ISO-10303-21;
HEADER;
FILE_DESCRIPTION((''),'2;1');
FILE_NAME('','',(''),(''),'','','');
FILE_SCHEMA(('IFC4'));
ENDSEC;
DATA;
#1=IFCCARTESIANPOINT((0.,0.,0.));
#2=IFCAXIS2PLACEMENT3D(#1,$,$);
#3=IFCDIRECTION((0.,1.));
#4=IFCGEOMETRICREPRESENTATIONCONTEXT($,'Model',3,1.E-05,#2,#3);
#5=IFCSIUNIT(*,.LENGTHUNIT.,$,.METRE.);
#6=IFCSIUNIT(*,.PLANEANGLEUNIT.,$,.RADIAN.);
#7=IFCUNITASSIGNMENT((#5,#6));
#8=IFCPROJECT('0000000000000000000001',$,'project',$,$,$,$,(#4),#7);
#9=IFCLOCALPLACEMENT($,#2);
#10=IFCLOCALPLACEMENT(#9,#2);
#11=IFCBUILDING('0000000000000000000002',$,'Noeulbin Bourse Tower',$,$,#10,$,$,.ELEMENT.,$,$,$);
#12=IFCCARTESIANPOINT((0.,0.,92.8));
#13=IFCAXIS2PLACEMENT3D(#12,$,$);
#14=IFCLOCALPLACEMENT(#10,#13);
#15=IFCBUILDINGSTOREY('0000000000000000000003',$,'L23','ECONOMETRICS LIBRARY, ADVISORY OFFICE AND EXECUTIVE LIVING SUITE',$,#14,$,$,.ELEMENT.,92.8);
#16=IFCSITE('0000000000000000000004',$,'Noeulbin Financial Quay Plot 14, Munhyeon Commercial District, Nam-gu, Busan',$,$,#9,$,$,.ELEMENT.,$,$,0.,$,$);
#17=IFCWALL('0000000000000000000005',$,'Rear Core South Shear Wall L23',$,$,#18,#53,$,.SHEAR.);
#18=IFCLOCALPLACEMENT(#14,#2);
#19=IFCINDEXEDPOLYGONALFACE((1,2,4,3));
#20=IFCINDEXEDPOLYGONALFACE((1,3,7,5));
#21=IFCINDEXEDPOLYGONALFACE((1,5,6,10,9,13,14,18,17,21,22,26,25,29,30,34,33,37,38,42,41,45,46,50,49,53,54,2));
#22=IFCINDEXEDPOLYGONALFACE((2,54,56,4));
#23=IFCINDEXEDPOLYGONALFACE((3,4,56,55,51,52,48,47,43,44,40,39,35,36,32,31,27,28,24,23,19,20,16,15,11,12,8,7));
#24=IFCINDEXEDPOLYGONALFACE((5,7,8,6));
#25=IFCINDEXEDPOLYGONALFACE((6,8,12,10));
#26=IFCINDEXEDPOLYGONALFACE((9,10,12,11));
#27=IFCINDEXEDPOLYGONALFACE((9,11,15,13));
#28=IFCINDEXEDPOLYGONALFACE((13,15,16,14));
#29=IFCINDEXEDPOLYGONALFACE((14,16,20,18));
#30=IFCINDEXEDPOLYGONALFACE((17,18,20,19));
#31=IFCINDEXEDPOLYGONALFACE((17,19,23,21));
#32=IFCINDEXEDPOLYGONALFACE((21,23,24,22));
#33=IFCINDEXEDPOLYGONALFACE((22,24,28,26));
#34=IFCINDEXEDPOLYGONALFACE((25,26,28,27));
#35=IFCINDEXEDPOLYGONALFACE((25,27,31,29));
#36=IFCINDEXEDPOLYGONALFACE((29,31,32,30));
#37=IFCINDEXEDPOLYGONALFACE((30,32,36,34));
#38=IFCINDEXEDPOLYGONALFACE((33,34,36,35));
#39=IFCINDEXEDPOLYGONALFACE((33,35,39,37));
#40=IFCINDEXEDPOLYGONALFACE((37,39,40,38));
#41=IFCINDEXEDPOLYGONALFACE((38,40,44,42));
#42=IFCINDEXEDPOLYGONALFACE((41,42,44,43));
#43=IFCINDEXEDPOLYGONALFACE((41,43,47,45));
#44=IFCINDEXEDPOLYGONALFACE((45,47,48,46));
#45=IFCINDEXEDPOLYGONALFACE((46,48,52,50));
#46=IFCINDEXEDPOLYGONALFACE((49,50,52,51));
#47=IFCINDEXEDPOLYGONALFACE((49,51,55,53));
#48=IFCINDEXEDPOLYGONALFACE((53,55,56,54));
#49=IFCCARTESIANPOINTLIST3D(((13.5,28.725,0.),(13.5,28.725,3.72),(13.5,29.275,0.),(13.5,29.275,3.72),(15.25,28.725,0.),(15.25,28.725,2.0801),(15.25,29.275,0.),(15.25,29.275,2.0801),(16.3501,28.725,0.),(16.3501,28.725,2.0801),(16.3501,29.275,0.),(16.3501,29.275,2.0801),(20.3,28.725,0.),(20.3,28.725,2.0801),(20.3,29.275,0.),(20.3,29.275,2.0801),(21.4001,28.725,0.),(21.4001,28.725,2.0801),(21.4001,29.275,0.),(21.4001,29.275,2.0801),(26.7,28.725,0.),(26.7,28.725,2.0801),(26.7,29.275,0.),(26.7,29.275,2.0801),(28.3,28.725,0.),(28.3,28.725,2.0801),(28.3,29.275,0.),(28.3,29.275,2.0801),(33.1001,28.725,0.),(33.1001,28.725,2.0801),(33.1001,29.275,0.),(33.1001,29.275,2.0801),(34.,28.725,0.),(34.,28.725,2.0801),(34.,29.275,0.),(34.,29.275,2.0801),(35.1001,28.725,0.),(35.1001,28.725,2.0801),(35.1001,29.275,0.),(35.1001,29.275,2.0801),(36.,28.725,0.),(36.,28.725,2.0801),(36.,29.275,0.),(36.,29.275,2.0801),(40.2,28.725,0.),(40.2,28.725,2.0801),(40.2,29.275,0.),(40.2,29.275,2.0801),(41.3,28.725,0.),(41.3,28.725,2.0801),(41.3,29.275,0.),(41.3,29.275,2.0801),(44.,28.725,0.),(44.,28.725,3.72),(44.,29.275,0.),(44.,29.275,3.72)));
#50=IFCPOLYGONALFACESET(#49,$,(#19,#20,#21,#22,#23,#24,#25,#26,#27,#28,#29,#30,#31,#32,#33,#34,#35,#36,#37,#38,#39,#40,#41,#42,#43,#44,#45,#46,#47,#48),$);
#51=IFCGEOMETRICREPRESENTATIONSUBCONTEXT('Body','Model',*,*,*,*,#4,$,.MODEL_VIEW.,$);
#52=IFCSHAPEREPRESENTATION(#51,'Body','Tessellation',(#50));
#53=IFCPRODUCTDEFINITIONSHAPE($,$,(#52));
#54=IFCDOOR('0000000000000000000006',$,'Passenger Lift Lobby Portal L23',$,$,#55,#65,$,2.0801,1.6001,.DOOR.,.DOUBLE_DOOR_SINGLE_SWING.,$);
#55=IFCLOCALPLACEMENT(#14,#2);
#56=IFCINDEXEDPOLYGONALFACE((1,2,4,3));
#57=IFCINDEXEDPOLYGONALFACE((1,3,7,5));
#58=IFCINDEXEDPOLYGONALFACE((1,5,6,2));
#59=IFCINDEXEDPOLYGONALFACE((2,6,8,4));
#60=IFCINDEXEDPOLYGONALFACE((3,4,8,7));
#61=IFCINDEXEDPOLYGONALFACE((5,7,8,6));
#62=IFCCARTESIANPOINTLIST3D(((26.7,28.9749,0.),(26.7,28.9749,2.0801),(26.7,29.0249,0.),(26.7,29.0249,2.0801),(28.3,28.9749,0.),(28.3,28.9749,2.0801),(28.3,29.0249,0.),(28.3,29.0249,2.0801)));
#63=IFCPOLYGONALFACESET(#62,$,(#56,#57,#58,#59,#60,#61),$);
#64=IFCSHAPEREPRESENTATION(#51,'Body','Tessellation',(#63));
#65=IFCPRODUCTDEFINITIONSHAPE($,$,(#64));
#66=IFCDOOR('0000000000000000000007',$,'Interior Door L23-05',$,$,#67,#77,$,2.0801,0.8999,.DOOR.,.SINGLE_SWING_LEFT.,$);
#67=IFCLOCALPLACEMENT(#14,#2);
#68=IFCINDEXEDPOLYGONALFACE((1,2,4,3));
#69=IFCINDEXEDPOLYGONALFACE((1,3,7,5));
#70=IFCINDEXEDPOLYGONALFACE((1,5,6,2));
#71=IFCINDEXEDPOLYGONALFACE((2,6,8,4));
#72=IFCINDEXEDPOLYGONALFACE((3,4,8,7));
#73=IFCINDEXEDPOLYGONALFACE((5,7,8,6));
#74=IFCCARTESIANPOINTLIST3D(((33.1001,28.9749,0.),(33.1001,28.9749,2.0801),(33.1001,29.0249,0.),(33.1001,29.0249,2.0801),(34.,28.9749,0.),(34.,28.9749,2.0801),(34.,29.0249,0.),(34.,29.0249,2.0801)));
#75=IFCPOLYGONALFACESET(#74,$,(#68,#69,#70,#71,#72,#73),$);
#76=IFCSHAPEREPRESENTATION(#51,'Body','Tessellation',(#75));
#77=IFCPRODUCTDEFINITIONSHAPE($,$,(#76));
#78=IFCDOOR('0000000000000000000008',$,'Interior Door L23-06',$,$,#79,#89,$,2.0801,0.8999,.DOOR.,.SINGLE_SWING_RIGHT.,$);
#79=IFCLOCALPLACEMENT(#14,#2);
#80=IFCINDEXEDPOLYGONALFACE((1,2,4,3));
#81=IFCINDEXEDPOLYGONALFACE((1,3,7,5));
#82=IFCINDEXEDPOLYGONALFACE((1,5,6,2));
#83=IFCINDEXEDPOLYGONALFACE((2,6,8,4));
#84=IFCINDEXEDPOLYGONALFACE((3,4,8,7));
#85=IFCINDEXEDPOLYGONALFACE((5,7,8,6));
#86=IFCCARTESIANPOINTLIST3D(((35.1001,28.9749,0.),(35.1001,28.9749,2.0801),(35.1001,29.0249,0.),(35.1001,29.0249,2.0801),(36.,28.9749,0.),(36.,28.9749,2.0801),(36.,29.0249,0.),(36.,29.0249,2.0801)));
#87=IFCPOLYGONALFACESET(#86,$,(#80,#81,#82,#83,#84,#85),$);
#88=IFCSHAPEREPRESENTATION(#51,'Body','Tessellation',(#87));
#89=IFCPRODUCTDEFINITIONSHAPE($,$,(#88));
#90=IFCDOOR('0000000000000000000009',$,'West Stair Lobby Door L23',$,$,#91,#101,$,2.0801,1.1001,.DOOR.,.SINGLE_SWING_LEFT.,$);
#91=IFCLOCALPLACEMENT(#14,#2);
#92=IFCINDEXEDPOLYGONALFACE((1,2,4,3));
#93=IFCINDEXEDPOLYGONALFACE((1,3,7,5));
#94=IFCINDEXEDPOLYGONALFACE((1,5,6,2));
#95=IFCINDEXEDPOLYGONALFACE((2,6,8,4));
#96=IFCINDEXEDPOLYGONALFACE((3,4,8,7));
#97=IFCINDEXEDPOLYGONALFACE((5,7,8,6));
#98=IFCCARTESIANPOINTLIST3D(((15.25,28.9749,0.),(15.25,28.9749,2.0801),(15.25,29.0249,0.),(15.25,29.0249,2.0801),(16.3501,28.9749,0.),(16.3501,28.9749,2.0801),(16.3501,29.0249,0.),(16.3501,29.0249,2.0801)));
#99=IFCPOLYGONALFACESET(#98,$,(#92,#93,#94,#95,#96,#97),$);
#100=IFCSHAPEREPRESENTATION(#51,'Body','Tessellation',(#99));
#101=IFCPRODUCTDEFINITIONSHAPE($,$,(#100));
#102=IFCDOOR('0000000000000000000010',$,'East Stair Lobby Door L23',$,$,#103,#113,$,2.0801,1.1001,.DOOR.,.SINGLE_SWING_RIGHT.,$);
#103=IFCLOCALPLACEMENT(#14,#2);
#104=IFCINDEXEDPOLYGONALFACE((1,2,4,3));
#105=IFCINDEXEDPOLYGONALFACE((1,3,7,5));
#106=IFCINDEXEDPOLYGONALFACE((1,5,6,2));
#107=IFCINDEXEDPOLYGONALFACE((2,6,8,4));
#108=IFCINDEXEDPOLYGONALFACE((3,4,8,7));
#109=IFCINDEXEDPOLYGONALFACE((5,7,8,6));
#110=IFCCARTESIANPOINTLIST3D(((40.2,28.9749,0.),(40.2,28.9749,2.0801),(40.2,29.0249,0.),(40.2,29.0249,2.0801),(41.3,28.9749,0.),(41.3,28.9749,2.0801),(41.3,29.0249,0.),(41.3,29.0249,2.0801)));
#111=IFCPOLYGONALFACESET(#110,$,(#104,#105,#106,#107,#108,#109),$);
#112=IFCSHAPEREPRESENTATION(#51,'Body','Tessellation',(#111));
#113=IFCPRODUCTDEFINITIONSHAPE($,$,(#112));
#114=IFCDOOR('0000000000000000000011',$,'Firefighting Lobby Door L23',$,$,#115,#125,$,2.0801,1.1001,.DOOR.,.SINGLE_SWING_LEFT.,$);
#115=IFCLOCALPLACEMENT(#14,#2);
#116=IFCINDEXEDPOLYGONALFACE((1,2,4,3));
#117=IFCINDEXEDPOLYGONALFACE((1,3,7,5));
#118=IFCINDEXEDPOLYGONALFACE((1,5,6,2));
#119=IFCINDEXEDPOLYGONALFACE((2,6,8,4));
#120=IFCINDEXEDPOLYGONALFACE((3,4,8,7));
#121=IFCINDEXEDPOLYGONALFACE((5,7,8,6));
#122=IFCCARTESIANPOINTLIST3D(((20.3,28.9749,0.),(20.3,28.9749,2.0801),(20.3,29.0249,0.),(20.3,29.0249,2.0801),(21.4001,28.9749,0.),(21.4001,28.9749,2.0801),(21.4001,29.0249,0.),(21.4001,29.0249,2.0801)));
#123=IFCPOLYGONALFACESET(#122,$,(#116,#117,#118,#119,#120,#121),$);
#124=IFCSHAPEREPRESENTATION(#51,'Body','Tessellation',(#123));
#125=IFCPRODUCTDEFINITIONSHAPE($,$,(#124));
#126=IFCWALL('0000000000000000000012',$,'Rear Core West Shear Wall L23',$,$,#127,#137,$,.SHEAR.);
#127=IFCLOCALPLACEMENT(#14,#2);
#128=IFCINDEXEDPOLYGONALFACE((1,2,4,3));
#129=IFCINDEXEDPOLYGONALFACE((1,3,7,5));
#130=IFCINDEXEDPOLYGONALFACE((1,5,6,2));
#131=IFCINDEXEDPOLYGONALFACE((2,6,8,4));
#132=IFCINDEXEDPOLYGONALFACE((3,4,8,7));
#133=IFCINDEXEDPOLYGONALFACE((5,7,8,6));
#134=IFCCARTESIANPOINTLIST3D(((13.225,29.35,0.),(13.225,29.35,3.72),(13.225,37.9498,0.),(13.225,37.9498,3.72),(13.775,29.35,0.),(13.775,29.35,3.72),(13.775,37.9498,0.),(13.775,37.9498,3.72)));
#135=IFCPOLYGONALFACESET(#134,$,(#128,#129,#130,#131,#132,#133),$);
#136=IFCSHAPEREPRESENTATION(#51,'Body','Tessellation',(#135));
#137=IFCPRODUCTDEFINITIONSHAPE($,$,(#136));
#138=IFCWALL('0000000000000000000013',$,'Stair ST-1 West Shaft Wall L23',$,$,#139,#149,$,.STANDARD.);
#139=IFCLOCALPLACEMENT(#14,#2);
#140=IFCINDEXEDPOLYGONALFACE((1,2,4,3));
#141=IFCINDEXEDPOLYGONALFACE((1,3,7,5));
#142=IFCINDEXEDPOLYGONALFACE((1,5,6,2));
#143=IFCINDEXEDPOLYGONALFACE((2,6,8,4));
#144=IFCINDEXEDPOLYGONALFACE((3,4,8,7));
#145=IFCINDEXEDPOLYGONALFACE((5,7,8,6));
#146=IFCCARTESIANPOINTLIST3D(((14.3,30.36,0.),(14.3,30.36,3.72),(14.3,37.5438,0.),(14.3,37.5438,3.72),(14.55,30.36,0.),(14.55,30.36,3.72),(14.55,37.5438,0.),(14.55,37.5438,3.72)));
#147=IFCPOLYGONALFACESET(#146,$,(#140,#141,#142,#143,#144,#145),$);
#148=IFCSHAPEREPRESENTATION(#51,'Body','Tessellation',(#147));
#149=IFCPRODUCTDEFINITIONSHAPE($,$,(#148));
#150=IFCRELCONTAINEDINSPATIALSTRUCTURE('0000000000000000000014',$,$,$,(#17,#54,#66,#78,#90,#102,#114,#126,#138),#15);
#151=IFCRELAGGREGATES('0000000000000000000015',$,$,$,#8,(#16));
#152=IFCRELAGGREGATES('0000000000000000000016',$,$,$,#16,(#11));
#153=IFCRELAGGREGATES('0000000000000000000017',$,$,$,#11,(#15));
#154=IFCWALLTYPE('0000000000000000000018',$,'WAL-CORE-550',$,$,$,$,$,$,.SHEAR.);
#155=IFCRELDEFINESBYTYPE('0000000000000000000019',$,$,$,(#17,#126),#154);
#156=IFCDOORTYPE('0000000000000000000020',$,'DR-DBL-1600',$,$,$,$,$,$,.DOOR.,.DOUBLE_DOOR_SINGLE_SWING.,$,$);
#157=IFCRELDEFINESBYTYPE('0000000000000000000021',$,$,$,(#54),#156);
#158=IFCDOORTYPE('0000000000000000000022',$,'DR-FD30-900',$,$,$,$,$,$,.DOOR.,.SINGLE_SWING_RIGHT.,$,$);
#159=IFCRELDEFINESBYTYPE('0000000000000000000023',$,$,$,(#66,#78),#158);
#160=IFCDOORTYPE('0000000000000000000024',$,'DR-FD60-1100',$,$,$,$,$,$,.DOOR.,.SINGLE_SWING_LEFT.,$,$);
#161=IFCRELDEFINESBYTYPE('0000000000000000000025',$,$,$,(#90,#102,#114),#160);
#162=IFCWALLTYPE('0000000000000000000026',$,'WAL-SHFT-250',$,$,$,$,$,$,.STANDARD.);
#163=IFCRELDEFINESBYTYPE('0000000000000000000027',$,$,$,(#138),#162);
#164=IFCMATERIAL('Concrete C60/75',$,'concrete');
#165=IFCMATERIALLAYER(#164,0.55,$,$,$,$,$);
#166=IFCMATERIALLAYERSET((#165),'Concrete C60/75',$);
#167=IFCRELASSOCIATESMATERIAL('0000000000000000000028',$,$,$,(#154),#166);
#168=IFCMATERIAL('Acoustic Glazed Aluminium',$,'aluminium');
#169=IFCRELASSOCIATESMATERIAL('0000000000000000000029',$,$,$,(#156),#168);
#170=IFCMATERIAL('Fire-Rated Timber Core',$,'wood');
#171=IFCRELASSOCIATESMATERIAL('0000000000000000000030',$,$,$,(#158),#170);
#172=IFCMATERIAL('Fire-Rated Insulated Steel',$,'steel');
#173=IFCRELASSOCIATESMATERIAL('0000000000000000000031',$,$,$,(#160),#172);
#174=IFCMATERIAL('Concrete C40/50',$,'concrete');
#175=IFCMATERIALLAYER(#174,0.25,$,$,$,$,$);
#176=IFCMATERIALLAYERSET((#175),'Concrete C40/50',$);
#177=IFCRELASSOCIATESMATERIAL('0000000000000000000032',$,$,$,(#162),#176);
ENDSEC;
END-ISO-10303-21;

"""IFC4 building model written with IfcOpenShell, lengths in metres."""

from ifc_helpers import new_model, si_unit, direction, frame, frame_2d, origin, place, context, subcontext, project, spatial, rectangle, extrude, material, layer, layer_set, type_object, element, fill, save


model = new_model("IFC4")

# Units and contexts
model_context = context("Model", 3, precision=1e-05, world=origin(), true_north=direction((0.0, 1.0)))
body_context = subcontext(model_context, "Body", "Model", "MODEL_VIEW")
ifc_project = project(units=[si_unit("LENGTHUNIT", "METRE"), si_unit("PLANEANGLEUNIT", "RADIAN")], contexts=[model_context])

# Site, building, storey
site_placement = place(None, origin())
site = spatial("IfcSite", under=ifc_project, at=site_placement, Name="Noeulbin Financial Quay Plot 14, Munhyeon Commercial District, Nam-gu, Busan", CompositionType="ELEMENT", RefElevation=0.0)
building_placement = place(site_placement, origin())
building = spatial("IfcBuilding", under=site, at=building_placement, Name="Noeulbin Bourse Tower", CompositionType="ELEMENT")
storey_placement = place(building_placement, frame((0.0, 0.0, 92.8)))
storey = spatial("IfcBuildingStorey", under=building, at=storey_placement, Name="L23", Description="ECONOMETRICS LIBRARY, ADVISORY OFFICE AND EXECUTIVE LIVING SUITE", CompositionType="ELEMENT", Elevation=92.8)

# Wall, openings, doors
ifc_material_1 = material(Name="Concrete C60/75", Category="concrete")
ifc_layer_1 = layer(ifc_material_1, 0.55)
ifc_layer_set_1 = layer_set([ifc_layer_1], Name="Concrete C60/75")
wall_type_1 = type_object("IfcWallType", Name="WAL-CORE-550", PredefinedType="SHEAR", material=ifc_layer_set_1)
wall_1_placement = place(storey_placement, frame((13.5, 29.0, 0.0), z_axis=(0.0, 0.0, 1.0), x_axis=(1.0, 0.0, 0.0)))
wall_1 = element("IfcWall", 1, at=wall_1_placement, inside=storey, type_object=wall_type_1, Name="Rear Core South Shear Wall L23", PredefinedType="SHEAR", context=body_context, shape_type="SweptSolid", body=[
    extrude(rectangle(XDim=30.5, YDim=0.55, at=frame_2d((15.25, 0.0))), origin(), (0.0, 0.0, 1.0), 3.72),
])
opening_1_placement = place(wall_1_placement, frame((1.75, 0.0, 0.0)))
opening_1 = element("IfcOpeningElement", 2, at=opening_1_placement, cuts=wall_1, PredefinedType="OPENING", context=body_context, shape_type="SweptSolid", body=[
    extrude(rectangle(XDim=1.1001, YDim=2.0801, at=frame_2d((0.55, 1.04))), frame((0.0, 0.2849, 0.0), z_axis=(0.0, -1.0, 0.0), x_axis=(1.0, 0.0, 0.0)), (0.0, 0.0, 1.0), 0.5701),
])
opening_2_placement = place(wall_1_placement, frame((26.7, 0.0, 0.0)))
opening_2 = element("IfcOpeningElement", 3, at=opening_2_placement, cuts=wall_1, PredefinedType="OPENING", context=body_context, shape_type="SweptSolid", body=[
    extrude(rectangle(XDim=1.1001, YDim=2.0801, at=frame_2d((0.55, 1.04))), frame((0.0, 0.2849, 0.0), z_axis=(0.0, -1.0, 0.0), x_axis=(1.0, 0.0, 0.0)), (0.0, 0.0, 1.0), 0.5701),
])
opening_3_placement = place(wall_1_placement, frame((6.8, 0.0, 0.0)))
opening_3 = element("IfcOpeningElement", 4, at=opening_3_placement, cuts=wall_1, PredefinedType="OPENING", context=body_context, shape_type="SweptSolid", body=[
    extrude(rectangle(XDim=1.1001, YDim=2.0801, at=frame_2d((0.55, 1.04))), frame((0.0, 0.2849, 0.0), z_axis=(0.0, -1.0, 0.0), x_axis=(1.0, 0.0, 0.0)), (0.0, 0.0, 1.0), 0.5701),
])
opening_4_placement = place(wall_1_placement, frame((13.2, 0.0, 0.0)))
opening_4 = element("IfcOpeningElement", 5, at=opening_4_placement, cuts=wall_1, PredefinedType="OPENING", context=body_context, shape_type="SweptSolid", body=[
    extrude(rectangle(XDim=1.6001, YDim=2.0801, at=frame_2d((0.8, 1.04))), frame((0.0, 0.2849, 0.0), z_axis=(0.0, -1.0, 0.0), x_axis=(1.0, 0.0, 0.0)), (0.0, 0.0, 1.0), 0.5701),
])
opening_5_placement = place(wall_1_placement, frame((19.6001, 0.0, 0.0)))
opening_5 = element("IfcOpeningElement", 6, at=opening_5_placement, cuts=wall_1, PredefinedType="OPENING", context=body_context, shape_type="SweptSolid", body=[
    extrude(rectangle(XDim=0.8999, YDim=2.0801, at=frame_2d((0.45, 1.04))), frame((0.0, 0.2849, 0.0), z_axis=(0.0, -1.0, 0.0), x_axis=(1.0, 0.0, 0.0)), (0.0, 0.0, 1.0), 0.5701),
])
opening_6_placement = place(wall_1_placement, frame((21.6001, 0.0, 0.0)))
opening_6 = element("IfcOpeningElement", 7, at=opening_6_placement, cuts=wall_1, PredefinedType="OPENING", context=body_context, shape_type="SweptSolid", body=[
    extrude(rectangle(XDim=0.8999, YDim=2.0801, at=frame_2d((0.45, 1.04))), frame((0.0, 0.2849, 0.0), z_axis=(0.0, -1.0, 0.0), x_axis=(1.0, 0.0, 0.0)), (0.0, 0.0, 1.0), 0.5701),
])
ifc_material_2 = material(Name="Acoustic Glazed Aluminium", Category="aluminium")
door_type_1 = type_object("IfcDoorType", Name="DR-DBL-1600", OperationType="DOUBLE_DOOR_SINGLE_SWING", PredefinedType="DOOR", material=ifc_material_2)
door_1_placement = place(opening_4_placement, origin())
door_1 = element("IfcDoor", 8, at=door_1_placement, inside=storey, type_object=door_type_1, Name="Passenger Lift Lobby Portal L23", OperationType="DOUBLE_DOOR_SINGLE_SWING", OverallHeight=2.0801, OverallWidth=1.6001, PredefinedType="DOOR", context=body_context, shape_type="SweptSolid", body=[
    extrude(rectangle(XDim=1.6001, YDim=2.0801, at=frame_2d((0.8, 1.04))), frame((0.0, 0.0249, 0.0), z_axis=(0.0, -1.0, 0.0), x_axis=(1.0, 0.0, 0.0)), (0.0, 0.0, 1.0), 0.05),
])
fill(opening_4, door_1)
ifc_material_3 = material(Name="Fire-Rated Timber Core", Category="wood")
door_type_2 = type_object("IfcDoorType", Name="DR-FD30-900", OperationType="SINGLE_SWING_RIGHT", PredefinedType="DOOR", material=ifc_material_3)
door_2_placement = place(opening_5_placement, origin())
door_2 = element("IfcDoor", 9, at=door_2_placement, inside=storey, type_object=door_type_2, Name="Interior Door L23-05", OperationType="SINGLE_SWING_LEFT", OverallHeight=2.0801, OverallWidth=0.8999, PredefinedType="DOOR", context=body_context, shape_type="SweptSolid", body=[
    extrude(rectangle(XDim=0.8999, YDim=2.0801, at=frame_2d((0.45, 1.04))), frame((0.0, 0.0249, 0.0), z_axis=(0.0, -1.0, 0.0), x_axis=(1.0, 0.0, 0.0)), (0.0, 0.0, 1.0), 0.05),
])
fill(opening_5, door_2)
door_3_placement = place(opening_6_placement, origin())
door_3 = element("IfcDoor", 10, at=door_3_placement, inside=storey, type_object=door_type_2, Name="Interior Door L23-06", OperationType="SINGLE_SWING_RIGHT", OverallHeight=2.0801, OverallWidth=0.8999, PredefinedType="DOOR", context=body_context, shape_type="SweptSolid", body=[
    extrude(rectangle(XDim=0.8999, YDim=2.0801, at=frame_2d((0.45, 1.04))), frame((0.0, 0.0249, 0.0), z_axis=(0.0, -1.0, 0.0), x_axis=(1.0, 0.0, 0.0)), (0.0, 0.0, 1.0), 0.05),
])
fill(opening_6, door_3)
ifc_material_4 = material(Name="Fire-Rated Insulated Steel", Category="steel")
door_type_3 = type_object("IfcDoorType", Name="DR-FD60-1100", OperationType="SINGLE_SWING_LEFT", PredefinedType="DOOR", material=ifc_material_4)
door_4_placement = place(opening_1_placement, origin())
door_4 = element("IfcDoor", 11, at=door_4_placement, inside=storey, type_object=door_type_3, Name="West Stair Lobby Door L23", OperationType="SINGLE_SWING_LEFT", OverallHeight=2.0801, OverallWidth=1.1001, PredefinedType="DOOR", context=body_context, shape_type="SweptSolid", body=[
    extrude(rectangle(XDim=1.1001, YDim=2.0801, at=frame_2d((0.55, 1.04))), frame((0.0, 0.0249, 0.0), z_axis=(0.0, -1.0, 0.0), x_axis=(1.0, 0.0, 0.0)), (0.0, 0.0, 1.0), 0.05),
])
fill(opening_1, door_4)
door_5_placement = place(opening_2_placement, origin())
door_5 = element("IfcDoor", 12, at=door_5_placement, inside=storey, type_object=door_type_3, Name="East Stair Lobby Door L23", OperationType="SINGLE_SWING_RIGHT", OverallHeight=2.0801, OverallWidth=1.1001, PredefinedType="DOOR", context=body_context, shape_type="SweptSolid", body=[
    extrude(rectangle(XDim=1.1001, YDim=2.0801, at=frame_2d((0.55, 1.04))), frame((0.0, 0.0249, 0.0), z_axis=(0.0, -1.0, 0.0), x_axis=(1.0, 0.0, 0.0)), (0.0, 0.0, 1.0), 0.05),
])
fill(opening_2, door_5)
door_6_placement = place(opening_3_placement, origin())
door_6 = element("IfcDoor", 13, at=door_6_placement, inside=storey, type_object=door_type_3, Name="Firefighting Lobby Door L23", OperationType="SINGLE_SWING_LEFT", OverallHeight=2.0801, OverallWidth=1.1001, PredefinedType="DOOR", context=body_context, shape_type="SweptSolid", body=[
    extrude(rectangle(XDim=1.1001, YDim=2.0801, at=frame_2d((0.55, 1.04))), frame((0.0, 0.0249, 0.0), z_axis=(0.0, -1.0, 0.0), x_axis=(1.0, 0.0, 0.0)), (0.0, 0.0, 1.0), 0.05),
])
fill(opening_3, door_6)

# Walls
wall_2_placement = place(storey_placement, frame((13.5, 29.3501, 0.0), z_axis=(0.0, 0.0, 1.0), x_axis=(0.0, 1.0, 0.0)))
element("IfcWall", 14, at=wall_2_placement, inside=storey, type_object=wall_type_1, Name="Rear Core West Shear Wall L23", PredefinedType="SHEAR", context=body_context, shape_type="SweptSolid", body=[
    extrude(rectangle(XDim=8.5999, YDim=0.55, at=frame_2d((4.2998, 0.0))), origin(), (0.0, 0.0, 1.0), 3.72),
])
ifc_material_5 = material(Name="Concrete C40/50", Category="concrete")
ifc_layer_2 = layer(ifc_material_5, 0.25)
ifc_layer_set_2 = layer_set([ifc_layer_2], Name="Concrete C40/50")
wall_type_2 = type_object("IfcWallType", Name="WAL-SHFT-250", PredefinedType="STANDARD", material=ifc_layer_set_2)
wall_3_placement = place(storey_placement, frame((14.425, 30.3601, 0.0), z_axis=(0.0, 0.0, 1.0), x_axis=(0.0, 1.0, 0.0)))
element("IfcWall", 15, at=wall_3_placement, inside=storey, type_object=wall_type_2, Name="Stair ST-1 West Shaft Wall L23", PredefinedType="STANDARD", context=body_context, shape_type="SweptSolid", body=[
    extrude(rectangle(XDim=7.1838, YDim=0.25, at=frame_2d((3.5918, 0.0))), origin(), (0.0, 0.0, 1.0), 3.72),
])

save(model, "model.ifc")
